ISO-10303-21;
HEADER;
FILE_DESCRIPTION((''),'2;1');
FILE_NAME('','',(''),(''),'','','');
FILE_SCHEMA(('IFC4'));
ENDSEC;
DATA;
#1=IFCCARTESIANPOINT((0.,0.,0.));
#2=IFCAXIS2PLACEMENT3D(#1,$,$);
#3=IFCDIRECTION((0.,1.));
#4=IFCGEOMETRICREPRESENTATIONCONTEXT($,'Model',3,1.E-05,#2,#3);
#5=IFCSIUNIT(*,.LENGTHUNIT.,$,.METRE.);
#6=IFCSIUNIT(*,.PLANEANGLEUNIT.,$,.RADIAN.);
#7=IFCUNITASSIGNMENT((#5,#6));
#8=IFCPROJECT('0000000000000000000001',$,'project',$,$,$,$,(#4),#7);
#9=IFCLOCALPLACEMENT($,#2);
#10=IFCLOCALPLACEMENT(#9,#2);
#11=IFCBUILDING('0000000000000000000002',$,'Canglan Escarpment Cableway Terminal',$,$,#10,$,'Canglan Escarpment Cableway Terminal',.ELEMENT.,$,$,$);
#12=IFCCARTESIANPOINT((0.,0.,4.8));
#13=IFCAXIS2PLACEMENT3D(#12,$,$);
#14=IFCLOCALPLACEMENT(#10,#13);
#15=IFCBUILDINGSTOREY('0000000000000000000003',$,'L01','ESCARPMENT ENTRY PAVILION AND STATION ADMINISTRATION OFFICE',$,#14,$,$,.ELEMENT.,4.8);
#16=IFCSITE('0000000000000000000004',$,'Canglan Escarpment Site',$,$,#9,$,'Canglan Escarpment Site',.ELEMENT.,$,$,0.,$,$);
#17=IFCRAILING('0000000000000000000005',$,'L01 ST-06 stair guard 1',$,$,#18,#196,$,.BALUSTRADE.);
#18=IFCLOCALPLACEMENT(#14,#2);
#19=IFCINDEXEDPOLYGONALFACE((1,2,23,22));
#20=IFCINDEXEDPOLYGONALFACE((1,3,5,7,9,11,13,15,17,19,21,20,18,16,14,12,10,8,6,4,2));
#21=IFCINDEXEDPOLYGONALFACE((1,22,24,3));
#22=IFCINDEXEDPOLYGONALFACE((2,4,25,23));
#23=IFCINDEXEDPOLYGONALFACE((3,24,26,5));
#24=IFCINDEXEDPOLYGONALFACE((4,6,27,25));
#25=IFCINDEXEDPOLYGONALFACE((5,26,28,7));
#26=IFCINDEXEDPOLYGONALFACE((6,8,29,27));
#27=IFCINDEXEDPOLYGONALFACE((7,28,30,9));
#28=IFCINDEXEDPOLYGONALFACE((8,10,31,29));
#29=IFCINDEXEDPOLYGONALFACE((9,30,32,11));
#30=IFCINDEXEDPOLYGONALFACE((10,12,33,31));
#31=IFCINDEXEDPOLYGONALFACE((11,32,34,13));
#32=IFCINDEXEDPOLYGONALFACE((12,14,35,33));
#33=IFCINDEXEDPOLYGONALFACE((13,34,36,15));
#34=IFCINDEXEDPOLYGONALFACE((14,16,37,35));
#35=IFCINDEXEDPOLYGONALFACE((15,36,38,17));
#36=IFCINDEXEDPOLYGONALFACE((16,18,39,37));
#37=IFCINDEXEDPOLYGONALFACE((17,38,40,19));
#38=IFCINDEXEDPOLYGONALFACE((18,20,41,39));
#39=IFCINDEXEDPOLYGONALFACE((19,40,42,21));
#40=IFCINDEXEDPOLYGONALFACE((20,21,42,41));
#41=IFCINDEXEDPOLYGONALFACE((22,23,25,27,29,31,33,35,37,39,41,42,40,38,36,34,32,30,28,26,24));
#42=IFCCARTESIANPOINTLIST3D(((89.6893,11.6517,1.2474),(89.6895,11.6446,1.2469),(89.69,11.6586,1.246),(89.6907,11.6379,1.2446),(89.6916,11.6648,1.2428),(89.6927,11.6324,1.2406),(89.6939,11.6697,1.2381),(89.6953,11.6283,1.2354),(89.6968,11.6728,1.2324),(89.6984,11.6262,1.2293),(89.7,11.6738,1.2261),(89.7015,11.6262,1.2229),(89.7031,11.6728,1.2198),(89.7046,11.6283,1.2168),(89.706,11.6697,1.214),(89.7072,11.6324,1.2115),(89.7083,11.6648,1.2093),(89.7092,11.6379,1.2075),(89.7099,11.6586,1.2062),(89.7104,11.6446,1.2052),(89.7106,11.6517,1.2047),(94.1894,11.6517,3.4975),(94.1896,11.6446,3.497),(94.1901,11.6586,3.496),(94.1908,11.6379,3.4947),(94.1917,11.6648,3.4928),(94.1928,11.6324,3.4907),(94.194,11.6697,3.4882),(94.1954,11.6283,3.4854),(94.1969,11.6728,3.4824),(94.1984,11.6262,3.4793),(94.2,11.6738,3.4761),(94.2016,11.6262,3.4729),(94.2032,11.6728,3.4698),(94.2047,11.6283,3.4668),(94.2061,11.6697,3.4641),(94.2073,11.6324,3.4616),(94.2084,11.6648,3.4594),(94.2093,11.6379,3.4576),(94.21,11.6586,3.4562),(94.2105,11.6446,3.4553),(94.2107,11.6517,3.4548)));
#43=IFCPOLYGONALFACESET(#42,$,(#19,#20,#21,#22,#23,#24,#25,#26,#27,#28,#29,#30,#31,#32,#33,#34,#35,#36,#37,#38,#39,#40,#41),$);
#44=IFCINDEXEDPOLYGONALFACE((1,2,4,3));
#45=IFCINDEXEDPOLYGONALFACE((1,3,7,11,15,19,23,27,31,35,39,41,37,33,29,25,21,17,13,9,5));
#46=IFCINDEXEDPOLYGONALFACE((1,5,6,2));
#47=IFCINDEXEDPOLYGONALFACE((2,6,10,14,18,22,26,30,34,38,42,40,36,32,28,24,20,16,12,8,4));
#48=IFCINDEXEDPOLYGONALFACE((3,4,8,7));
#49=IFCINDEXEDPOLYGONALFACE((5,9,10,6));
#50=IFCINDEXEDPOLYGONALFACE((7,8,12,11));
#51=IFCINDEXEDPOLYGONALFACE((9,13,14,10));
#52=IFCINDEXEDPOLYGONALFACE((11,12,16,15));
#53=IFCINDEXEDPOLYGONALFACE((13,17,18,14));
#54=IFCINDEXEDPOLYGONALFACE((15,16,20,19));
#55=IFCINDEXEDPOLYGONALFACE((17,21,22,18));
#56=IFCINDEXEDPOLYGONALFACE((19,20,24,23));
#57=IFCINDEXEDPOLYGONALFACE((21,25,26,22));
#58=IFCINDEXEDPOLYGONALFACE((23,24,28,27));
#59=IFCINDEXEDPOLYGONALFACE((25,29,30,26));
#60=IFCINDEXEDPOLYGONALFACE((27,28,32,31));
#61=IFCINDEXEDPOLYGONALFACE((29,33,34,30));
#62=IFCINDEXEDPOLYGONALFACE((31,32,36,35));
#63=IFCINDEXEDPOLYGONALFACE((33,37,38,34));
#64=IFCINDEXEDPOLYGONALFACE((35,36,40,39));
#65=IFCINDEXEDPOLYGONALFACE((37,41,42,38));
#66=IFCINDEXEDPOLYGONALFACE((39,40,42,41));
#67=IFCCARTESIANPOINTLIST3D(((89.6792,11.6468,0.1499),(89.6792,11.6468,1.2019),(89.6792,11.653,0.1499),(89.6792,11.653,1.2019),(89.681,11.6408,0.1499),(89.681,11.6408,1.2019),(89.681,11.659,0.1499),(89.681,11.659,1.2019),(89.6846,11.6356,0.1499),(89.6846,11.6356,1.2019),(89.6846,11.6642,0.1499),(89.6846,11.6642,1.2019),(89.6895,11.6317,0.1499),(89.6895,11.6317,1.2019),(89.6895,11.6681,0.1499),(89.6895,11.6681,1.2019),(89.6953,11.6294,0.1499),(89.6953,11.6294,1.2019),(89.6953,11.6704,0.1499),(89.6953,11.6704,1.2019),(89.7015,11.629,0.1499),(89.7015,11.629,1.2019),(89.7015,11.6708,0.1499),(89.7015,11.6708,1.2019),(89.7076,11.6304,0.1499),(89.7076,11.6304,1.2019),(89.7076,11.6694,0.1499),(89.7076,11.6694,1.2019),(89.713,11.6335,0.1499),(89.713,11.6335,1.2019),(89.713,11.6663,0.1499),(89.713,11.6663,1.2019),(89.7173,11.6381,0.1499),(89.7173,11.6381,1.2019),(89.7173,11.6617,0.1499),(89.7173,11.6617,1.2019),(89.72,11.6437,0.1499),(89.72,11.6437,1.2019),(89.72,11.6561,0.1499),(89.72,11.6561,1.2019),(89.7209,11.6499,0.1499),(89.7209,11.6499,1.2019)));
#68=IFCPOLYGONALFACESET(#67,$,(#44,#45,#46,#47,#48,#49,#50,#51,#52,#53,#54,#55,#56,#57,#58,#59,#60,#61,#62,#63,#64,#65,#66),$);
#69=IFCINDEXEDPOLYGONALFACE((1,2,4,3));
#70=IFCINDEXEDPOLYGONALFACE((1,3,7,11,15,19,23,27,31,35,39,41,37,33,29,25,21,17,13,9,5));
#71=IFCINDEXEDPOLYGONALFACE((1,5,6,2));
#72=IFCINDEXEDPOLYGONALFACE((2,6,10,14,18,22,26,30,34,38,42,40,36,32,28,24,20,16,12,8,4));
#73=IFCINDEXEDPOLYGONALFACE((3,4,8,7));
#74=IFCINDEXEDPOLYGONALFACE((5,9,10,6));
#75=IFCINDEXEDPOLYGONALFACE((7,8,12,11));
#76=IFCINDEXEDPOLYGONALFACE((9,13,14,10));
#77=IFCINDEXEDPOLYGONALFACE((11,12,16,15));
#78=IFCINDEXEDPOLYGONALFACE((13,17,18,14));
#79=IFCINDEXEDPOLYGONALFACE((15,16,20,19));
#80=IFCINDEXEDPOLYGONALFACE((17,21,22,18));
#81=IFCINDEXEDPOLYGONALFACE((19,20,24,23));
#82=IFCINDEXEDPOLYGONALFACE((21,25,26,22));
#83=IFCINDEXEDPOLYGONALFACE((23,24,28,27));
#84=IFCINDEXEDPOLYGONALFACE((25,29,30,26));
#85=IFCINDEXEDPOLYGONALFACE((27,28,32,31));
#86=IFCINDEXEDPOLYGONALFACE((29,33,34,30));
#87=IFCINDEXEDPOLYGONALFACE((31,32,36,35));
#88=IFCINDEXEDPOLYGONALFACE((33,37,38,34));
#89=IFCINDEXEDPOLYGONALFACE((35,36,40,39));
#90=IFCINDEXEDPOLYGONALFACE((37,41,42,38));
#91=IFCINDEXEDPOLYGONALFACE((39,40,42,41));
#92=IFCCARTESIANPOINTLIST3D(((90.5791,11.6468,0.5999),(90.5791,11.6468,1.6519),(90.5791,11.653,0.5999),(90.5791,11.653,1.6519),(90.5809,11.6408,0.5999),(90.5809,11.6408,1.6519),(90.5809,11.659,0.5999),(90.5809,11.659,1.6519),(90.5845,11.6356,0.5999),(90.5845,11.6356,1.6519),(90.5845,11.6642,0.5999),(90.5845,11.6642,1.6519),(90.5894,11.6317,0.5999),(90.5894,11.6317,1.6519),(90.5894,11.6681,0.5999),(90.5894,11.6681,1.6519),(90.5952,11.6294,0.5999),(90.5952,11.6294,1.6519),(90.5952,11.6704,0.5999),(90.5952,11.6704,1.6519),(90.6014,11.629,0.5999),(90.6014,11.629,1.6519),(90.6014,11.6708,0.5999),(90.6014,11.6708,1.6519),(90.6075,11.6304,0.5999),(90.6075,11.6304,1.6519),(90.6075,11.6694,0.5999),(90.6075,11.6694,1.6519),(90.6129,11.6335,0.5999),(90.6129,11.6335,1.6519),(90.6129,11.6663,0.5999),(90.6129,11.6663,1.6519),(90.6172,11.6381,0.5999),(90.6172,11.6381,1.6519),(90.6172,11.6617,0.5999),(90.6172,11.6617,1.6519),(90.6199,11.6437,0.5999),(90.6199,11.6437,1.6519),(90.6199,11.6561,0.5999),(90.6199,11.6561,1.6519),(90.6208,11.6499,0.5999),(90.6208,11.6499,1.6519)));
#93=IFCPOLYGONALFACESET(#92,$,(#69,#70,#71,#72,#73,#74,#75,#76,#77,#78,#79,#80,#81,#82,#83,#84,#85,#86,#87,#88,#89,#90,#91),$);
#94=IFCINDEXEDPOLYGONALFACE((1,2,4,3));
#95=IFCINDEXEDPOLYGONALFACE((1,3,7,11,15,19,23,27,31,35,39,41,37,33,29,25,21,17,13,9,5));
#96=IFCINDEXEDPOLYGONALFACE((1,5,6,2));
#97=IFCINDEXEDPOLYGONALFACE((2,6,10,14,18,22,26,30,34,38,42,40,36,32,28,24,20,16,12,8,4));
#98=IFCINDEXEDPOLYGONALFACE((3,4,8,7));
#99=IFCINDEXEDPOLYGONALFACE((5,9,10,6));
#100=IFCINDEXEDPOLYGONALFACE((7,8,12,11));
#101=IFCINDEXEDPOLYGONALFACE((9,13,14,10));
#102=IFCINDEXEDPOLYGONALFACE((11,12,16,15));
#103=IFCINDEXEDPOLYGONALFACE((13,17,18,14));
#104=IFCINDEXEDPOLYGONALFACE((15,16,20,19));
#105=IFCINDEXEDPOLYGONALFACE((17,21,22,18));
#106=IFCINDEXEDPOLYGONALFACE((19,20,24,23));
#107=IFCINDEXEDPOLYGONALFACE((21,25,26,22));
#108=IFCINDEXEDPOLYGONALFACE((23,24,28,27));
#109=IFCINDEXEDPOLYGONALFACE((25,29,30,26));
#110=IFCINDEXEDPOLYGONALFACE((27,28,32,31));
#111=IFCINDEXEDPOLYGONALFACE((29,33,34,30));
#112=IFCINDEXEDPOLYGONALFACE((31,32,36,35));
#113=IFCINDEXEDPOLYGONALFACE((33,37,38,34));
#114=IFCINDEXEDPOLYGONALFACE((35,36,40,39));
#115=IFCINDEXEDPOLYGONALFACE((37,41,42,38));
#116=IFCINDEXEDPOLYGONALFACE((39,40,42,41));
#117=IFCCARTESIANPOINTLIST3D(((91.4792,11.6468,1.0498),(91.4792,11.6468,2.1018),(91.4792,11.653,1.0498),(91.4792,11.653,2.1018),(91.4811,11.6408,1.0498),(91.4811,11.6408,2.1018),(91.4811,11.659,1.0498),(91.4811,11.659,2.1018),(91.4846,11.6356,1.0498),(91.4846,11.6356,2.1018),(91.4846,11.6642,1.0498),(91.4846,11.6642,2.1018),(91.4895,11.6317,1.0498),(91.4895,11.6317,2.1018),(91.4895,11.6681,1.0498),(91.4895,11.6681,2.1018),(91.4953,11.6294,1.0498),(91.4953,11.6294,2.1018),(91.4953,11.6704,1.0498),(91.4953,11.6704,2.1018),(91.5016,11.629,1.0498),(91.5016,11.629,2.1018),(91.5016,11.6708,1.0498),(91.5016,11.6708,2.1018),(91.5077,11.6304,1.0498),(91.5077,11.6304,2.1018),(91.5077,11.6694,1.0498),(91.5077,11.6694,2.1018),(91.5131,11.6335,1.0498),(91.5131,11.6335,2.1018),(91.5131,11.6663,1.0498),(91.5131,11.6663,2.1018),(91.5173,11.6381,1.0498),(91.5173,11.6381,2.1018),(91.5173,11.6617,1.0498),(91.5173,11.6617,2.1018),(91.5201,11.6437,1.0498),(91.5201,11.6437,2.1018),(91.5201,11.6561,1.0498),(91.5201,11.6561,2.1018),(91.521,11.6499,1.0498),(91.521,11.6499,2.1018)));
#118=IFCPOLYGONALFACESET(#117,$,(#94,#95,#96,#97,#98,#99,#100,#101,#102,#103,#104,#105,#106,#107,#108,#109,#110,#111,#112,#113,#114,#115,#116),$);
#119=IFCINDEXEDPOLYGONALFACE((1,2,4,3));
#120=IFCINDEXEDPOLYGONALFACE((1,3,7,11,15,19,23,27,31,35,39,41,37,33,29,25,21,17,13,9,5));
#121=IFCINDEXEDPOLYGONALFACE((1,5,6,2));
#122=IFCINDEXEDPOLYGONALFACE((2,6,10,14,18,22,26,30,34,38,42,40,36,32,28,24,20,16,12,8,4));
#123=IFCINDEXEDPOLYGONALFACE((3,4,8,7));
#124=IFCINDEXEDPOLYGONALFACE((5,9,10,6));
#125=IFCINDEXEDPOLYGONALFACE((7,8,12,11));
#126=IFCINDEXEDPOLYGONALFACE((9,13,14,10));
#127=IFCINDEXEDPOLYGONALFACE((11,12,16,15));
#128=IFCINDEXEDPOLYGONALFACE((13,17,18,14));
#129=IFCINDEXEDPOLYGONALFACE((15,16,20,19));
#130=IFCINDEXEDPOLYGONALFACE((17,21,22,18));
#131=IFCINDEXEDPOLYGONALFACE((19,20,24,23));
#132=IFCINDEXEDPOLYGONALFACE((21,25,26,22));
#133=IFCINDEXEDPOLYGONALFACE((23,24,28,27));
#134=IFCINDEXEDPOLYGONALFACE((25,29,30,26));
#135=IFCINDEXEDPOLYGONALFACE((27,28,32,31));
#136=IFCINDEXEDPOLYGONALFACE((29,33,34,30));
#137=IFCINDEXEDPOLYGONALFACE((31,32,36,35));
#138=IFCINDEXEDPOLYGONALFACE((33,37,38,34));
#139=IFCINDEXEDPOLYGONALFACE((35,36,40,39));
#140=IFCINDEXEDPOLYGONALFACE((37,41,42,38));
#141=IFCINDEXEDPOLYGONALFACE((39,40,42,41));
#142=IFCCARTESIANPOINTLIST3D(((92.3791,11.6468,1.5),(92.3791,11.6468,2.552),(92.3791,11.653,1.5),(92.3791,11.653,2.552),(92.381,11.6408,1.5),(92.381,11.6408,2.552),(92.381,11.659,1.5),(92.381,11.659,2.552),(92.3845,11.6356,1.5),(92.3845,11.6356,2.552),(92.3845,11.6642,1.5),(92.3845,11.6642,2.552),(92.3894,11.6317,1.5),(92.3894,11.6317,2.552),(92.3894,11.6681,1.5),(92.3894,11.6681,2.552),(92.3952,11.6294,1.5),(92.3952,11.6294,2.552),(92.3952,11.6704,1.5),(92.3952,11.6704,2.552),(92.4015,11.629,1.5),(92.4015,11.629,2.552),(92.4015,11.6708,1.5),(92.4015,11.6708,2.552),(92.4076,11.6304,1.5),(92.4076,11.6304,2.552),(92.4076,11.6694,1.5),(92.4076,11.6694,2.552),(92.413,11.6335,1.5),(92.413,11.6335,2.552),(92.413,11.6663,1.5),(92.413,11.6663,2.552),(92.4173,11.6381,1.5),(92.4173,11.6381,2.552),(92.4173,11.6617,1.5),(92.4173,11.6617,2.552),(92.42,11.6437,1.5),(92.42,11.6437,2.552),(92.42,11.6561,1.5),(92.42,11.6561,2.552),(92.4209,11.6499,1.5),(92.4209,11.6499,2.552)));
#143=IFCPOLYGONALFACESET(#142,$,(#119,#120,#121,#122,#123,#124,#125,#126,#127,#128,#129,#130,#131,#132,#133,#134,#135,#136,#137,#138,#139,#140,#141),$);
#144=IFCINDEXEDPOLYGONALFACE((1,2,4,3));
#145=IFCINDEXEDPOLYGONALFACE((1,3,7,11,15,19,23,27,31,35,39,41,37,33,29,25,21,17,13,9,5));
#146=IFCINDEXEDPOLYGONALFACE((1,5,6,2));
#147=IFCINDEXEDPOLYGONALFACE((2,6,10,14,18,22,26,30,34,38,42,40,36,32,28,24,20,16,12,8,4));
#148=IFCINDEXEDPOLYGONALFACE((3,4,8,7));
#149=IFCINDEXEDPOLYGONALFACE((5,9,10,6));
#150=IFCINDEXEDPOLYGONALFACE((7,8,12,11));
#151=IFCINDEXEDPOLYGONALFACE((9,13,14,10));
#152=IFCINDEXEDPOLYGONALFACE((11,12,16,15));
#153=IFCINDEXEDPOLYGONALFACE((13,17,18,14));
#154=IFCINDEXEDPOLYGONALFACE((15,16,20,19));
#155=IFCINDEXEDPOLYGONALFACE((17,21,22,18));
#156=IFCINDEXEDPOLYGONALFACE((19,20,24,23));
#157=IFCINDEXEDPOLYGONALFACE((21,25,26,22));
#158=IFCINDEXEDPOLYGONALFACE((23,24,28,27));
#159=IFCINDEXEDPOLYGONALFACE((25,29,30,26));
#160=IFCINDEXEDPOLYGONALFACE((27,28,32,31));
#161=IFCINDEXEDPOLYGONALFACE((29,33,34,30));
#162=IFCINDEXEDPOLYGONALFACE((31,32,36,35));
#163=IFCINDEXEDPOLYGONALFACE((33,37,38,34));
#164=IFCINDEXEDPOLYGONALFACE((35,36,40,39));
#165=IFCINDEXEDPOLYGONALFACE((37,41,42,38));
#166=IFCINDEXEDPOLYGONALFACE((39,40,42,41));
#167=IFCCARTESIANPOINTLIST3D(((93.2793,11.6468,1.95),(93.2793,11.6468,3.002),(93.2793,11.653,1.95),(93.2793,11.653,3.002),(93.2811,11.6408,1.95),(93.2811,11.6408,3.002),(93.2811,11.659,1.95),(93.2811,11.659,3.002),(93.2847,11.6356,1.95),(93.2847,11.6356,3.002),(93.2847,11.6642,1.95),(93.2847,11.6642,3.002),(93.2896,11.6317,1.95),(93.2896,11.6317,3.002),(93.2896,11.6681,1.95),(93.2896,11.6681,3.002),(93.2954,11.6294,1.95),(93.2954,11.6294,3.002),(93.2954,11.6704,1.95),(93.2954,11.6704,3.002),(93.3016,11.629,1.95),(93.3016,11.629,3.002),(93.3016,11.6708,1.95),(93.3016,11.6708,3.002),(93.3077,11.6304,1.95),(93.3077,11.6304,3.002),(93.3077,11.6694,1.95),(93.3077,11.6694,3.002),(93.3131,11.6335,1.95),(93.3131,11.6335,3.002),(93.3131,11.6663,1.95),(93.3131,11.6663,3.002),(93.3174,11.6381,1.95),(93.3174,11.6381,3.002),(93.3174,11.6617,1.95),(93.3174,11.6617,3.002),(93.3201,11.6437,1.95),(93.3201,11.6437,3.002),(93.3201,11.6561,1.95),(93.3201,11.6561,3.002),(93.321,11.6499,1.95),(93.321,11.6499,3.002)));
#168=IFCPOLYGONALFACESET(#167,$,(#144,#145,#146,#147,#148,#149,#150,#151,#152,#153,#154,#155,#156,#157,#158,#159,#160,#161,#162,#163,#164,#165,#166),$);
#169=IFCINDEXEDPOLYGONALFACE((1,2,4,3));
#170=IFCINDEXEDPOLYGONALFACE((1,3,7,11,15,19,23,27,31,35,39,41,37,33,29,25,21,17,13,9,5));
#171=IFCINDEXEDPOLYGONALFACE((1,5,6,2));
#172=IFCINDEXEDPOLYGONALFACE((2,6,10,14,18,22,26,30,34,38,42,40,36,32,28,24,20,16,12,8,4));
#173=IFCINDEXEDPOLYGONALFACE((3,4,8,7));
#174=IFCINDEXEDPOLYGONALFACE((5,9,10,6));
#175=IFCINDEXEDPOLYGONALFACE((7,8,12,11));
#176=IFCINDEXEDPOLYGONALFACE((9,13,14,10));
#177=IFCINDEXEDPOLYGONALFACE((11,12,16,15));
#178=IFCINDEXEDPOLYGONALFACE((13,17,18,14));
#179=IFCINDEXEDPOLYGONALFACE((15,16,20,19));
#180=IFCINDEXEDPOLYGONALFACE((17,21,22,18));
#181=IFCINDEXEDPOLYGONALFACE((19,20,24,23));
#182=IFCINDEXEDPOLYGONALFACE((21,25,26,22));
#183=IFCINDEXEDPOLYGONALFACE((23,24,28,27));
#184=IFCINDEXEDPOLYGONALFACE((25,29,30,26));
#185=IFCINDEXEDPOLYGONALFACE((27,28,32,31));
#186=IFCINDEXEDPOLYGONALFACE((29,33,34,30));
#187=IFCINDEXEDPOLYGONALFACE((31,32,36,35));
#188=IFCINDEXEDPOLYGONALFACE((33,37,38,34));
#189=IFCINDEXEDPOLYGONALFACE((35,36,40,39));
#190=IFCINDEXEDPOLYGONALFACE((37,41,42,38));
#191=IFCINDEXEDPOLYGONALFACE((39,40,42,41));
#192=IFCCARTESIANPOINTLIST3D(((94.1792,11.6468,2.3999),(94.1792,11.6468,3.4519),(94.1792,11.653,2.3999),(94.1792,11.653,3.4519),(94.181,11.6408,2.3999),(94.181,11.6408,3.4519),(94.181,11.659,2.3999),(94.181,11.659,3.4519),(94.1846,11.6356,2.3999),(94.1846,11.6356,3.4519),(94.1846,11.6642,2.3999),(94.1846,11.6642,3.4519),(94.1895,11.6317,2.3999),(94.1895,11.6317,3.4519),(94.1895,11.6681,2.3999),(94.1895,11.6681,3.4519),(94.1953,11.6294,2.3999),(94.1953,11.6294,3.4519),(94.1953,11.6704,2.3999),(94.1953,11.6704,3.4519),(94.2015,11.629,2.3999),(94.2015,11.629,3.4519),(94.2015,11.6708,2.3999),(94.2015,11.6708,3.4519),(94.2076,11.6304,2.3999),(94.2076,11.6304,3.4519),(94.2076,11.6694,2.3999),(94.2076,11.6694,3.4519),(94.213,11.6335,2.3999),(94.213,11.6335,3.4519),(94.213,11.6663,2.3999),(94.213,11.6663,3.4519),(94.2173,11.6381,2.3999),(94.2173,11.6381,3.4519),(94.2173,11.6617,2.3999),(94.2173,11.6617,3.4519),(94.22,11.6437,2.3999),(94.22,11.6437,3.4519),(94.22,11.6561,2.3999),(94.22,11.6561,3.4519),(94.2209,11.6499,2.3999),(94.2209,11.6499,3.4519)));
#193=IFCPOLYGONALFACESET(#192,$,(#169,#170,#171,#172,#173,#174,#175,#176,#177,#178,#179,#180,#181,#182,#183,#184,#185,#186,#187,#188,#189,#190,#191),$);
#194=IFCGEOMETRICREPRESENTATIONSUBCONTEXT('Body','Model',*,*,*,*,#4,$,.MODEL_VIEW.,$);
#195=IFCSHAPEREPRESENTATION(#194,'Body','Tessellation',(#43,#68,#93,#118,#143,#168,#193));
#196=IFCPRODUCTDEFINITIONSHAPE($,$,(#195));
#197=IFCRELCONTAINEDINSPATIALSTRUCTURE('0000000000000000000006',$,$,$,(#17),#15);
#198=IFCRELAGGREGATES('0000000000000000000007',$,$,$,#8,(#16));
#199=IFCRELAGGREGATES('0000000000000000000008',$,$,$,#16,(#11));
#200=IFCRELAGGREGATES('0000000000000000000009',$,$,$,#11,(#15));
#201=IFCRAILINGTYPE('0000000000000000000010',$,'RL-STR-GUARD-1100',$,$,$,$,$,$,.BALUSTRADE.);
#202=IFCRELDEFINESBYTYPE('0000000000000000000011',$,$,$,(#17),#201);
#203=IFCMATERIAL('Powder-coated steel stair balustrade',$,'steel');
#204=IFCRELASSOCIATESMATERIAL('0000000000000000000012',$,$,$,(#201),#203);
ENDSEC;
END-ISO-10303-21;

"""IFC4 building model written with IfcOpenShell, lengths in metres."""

from ifc_helpers import new_model, si_unit, direction, frame, origin, origin_2d, place, context, subcontext, project, spatial, circle, extrude, material, type_object, element, save


model = new_model("IFC4")

# Units and contexts
model_context = context("Model", 3, precision=1e-05, world=origin(), true_north=direction((0.0, 1.0)))
body_context = subcontext(model_context, "Body", "Model", "MODEL_VIEW")
ifc_project = project(units=[si_unit("LENGTHUNIT", "METRE"), si_unit("PLANEANGLEUNIT", "RADIAN")], contexts=[model_context])

# Site, building, storey
site_placement = place(None, origin())
site = spatial("IfcSite", under=ifc_project, at=site_placement, Name="Canglan Escarpment Site", LongName="Canglan Escarpment Site", CompositionType="ELEMENT", RefElevation=0.0)
building_placement = place(site_placement, origin())
building = spatial("IfcBuilding", under=site, at=building_placement, Name="Canglan Escarpment Cableway Terminal", LongName="Canglan Escarpment Cableway Terminal", CompositionType="ELEMENT")
storey_placement = place(building_placement, frame((0.0, 0.0, 4.8)))
storey = spatial("IfcBuildingStorey", under=building, at=storey_placement, Name="L01", Description="ESCARPMENT ENTRY PAVILION AND STATION ADMINISTRATION OFFICE", CompositionType="ELEMENT", Elevation=4.8)

# Railing
ifc_material_1 = material(Name="Powder-coated steel stair balustrade", Category="steel")
railing_type_1 = type_object("IfcRailingType", Name="RL-STR-GUARD-1100", PredefinedType="BALUSTRADE", material=ifc_material_1)
railing_1_placement = place(storey_placement, frame((89.7, 11.6499, 0.1499)))
element("IfcRailing", 1, at=railing_1_placement, inside=storey, type_object=railing_type_1, Name="L01 ST-06 stair guard 1", PredefinedType="BALUSTRADE", context=body_context, shape_type="SweptSolid", body=[
    extrude(circle(Radius=0.0239, at=origin_2d()), frame((0.0, 0.0, 1.0762), z_axis=(0.894427, 0.0, 0.447214), x_axis=(0.0, 1.0, 0.0)), (0.0, 0.0, 1.0), 5.0312),
    extrude(circle(Radius=0.021, at=origin_2d()), origin(), (0.0, 0.0, 1.0), 1.052),
    extrude(circle(Radius=0.021, at=origin_2d()), frame((0.8999, 0.0, 0.45)), (0.0, 0.0, 1.0), 1.052),
    extrude(circle(Radius=0.021, at=origin_2d()), frame((1.8, 0.0, 0.8999)), (0.0, 0.0, 1.0), 1.052),
    extrude(circle(Radius=0.021, at=origin_2d()), frame((2.7, 0.0, 1.3501)), (0.0, 0.0, 1.0), 1.052),
    extrude(circle(Radius=0.021, at=origin_2d()), frame((3.6001, 0.0, 1.8)), (0.0, 0.0, 1.0), 1.052),
    extrude(circle(Radius=0.021, at=origin_2d()), frame((4.5, 0.0, 2.25)), (0.0, 0.0, 1.0), 1.052),
])

save(model, "model.ifc")
